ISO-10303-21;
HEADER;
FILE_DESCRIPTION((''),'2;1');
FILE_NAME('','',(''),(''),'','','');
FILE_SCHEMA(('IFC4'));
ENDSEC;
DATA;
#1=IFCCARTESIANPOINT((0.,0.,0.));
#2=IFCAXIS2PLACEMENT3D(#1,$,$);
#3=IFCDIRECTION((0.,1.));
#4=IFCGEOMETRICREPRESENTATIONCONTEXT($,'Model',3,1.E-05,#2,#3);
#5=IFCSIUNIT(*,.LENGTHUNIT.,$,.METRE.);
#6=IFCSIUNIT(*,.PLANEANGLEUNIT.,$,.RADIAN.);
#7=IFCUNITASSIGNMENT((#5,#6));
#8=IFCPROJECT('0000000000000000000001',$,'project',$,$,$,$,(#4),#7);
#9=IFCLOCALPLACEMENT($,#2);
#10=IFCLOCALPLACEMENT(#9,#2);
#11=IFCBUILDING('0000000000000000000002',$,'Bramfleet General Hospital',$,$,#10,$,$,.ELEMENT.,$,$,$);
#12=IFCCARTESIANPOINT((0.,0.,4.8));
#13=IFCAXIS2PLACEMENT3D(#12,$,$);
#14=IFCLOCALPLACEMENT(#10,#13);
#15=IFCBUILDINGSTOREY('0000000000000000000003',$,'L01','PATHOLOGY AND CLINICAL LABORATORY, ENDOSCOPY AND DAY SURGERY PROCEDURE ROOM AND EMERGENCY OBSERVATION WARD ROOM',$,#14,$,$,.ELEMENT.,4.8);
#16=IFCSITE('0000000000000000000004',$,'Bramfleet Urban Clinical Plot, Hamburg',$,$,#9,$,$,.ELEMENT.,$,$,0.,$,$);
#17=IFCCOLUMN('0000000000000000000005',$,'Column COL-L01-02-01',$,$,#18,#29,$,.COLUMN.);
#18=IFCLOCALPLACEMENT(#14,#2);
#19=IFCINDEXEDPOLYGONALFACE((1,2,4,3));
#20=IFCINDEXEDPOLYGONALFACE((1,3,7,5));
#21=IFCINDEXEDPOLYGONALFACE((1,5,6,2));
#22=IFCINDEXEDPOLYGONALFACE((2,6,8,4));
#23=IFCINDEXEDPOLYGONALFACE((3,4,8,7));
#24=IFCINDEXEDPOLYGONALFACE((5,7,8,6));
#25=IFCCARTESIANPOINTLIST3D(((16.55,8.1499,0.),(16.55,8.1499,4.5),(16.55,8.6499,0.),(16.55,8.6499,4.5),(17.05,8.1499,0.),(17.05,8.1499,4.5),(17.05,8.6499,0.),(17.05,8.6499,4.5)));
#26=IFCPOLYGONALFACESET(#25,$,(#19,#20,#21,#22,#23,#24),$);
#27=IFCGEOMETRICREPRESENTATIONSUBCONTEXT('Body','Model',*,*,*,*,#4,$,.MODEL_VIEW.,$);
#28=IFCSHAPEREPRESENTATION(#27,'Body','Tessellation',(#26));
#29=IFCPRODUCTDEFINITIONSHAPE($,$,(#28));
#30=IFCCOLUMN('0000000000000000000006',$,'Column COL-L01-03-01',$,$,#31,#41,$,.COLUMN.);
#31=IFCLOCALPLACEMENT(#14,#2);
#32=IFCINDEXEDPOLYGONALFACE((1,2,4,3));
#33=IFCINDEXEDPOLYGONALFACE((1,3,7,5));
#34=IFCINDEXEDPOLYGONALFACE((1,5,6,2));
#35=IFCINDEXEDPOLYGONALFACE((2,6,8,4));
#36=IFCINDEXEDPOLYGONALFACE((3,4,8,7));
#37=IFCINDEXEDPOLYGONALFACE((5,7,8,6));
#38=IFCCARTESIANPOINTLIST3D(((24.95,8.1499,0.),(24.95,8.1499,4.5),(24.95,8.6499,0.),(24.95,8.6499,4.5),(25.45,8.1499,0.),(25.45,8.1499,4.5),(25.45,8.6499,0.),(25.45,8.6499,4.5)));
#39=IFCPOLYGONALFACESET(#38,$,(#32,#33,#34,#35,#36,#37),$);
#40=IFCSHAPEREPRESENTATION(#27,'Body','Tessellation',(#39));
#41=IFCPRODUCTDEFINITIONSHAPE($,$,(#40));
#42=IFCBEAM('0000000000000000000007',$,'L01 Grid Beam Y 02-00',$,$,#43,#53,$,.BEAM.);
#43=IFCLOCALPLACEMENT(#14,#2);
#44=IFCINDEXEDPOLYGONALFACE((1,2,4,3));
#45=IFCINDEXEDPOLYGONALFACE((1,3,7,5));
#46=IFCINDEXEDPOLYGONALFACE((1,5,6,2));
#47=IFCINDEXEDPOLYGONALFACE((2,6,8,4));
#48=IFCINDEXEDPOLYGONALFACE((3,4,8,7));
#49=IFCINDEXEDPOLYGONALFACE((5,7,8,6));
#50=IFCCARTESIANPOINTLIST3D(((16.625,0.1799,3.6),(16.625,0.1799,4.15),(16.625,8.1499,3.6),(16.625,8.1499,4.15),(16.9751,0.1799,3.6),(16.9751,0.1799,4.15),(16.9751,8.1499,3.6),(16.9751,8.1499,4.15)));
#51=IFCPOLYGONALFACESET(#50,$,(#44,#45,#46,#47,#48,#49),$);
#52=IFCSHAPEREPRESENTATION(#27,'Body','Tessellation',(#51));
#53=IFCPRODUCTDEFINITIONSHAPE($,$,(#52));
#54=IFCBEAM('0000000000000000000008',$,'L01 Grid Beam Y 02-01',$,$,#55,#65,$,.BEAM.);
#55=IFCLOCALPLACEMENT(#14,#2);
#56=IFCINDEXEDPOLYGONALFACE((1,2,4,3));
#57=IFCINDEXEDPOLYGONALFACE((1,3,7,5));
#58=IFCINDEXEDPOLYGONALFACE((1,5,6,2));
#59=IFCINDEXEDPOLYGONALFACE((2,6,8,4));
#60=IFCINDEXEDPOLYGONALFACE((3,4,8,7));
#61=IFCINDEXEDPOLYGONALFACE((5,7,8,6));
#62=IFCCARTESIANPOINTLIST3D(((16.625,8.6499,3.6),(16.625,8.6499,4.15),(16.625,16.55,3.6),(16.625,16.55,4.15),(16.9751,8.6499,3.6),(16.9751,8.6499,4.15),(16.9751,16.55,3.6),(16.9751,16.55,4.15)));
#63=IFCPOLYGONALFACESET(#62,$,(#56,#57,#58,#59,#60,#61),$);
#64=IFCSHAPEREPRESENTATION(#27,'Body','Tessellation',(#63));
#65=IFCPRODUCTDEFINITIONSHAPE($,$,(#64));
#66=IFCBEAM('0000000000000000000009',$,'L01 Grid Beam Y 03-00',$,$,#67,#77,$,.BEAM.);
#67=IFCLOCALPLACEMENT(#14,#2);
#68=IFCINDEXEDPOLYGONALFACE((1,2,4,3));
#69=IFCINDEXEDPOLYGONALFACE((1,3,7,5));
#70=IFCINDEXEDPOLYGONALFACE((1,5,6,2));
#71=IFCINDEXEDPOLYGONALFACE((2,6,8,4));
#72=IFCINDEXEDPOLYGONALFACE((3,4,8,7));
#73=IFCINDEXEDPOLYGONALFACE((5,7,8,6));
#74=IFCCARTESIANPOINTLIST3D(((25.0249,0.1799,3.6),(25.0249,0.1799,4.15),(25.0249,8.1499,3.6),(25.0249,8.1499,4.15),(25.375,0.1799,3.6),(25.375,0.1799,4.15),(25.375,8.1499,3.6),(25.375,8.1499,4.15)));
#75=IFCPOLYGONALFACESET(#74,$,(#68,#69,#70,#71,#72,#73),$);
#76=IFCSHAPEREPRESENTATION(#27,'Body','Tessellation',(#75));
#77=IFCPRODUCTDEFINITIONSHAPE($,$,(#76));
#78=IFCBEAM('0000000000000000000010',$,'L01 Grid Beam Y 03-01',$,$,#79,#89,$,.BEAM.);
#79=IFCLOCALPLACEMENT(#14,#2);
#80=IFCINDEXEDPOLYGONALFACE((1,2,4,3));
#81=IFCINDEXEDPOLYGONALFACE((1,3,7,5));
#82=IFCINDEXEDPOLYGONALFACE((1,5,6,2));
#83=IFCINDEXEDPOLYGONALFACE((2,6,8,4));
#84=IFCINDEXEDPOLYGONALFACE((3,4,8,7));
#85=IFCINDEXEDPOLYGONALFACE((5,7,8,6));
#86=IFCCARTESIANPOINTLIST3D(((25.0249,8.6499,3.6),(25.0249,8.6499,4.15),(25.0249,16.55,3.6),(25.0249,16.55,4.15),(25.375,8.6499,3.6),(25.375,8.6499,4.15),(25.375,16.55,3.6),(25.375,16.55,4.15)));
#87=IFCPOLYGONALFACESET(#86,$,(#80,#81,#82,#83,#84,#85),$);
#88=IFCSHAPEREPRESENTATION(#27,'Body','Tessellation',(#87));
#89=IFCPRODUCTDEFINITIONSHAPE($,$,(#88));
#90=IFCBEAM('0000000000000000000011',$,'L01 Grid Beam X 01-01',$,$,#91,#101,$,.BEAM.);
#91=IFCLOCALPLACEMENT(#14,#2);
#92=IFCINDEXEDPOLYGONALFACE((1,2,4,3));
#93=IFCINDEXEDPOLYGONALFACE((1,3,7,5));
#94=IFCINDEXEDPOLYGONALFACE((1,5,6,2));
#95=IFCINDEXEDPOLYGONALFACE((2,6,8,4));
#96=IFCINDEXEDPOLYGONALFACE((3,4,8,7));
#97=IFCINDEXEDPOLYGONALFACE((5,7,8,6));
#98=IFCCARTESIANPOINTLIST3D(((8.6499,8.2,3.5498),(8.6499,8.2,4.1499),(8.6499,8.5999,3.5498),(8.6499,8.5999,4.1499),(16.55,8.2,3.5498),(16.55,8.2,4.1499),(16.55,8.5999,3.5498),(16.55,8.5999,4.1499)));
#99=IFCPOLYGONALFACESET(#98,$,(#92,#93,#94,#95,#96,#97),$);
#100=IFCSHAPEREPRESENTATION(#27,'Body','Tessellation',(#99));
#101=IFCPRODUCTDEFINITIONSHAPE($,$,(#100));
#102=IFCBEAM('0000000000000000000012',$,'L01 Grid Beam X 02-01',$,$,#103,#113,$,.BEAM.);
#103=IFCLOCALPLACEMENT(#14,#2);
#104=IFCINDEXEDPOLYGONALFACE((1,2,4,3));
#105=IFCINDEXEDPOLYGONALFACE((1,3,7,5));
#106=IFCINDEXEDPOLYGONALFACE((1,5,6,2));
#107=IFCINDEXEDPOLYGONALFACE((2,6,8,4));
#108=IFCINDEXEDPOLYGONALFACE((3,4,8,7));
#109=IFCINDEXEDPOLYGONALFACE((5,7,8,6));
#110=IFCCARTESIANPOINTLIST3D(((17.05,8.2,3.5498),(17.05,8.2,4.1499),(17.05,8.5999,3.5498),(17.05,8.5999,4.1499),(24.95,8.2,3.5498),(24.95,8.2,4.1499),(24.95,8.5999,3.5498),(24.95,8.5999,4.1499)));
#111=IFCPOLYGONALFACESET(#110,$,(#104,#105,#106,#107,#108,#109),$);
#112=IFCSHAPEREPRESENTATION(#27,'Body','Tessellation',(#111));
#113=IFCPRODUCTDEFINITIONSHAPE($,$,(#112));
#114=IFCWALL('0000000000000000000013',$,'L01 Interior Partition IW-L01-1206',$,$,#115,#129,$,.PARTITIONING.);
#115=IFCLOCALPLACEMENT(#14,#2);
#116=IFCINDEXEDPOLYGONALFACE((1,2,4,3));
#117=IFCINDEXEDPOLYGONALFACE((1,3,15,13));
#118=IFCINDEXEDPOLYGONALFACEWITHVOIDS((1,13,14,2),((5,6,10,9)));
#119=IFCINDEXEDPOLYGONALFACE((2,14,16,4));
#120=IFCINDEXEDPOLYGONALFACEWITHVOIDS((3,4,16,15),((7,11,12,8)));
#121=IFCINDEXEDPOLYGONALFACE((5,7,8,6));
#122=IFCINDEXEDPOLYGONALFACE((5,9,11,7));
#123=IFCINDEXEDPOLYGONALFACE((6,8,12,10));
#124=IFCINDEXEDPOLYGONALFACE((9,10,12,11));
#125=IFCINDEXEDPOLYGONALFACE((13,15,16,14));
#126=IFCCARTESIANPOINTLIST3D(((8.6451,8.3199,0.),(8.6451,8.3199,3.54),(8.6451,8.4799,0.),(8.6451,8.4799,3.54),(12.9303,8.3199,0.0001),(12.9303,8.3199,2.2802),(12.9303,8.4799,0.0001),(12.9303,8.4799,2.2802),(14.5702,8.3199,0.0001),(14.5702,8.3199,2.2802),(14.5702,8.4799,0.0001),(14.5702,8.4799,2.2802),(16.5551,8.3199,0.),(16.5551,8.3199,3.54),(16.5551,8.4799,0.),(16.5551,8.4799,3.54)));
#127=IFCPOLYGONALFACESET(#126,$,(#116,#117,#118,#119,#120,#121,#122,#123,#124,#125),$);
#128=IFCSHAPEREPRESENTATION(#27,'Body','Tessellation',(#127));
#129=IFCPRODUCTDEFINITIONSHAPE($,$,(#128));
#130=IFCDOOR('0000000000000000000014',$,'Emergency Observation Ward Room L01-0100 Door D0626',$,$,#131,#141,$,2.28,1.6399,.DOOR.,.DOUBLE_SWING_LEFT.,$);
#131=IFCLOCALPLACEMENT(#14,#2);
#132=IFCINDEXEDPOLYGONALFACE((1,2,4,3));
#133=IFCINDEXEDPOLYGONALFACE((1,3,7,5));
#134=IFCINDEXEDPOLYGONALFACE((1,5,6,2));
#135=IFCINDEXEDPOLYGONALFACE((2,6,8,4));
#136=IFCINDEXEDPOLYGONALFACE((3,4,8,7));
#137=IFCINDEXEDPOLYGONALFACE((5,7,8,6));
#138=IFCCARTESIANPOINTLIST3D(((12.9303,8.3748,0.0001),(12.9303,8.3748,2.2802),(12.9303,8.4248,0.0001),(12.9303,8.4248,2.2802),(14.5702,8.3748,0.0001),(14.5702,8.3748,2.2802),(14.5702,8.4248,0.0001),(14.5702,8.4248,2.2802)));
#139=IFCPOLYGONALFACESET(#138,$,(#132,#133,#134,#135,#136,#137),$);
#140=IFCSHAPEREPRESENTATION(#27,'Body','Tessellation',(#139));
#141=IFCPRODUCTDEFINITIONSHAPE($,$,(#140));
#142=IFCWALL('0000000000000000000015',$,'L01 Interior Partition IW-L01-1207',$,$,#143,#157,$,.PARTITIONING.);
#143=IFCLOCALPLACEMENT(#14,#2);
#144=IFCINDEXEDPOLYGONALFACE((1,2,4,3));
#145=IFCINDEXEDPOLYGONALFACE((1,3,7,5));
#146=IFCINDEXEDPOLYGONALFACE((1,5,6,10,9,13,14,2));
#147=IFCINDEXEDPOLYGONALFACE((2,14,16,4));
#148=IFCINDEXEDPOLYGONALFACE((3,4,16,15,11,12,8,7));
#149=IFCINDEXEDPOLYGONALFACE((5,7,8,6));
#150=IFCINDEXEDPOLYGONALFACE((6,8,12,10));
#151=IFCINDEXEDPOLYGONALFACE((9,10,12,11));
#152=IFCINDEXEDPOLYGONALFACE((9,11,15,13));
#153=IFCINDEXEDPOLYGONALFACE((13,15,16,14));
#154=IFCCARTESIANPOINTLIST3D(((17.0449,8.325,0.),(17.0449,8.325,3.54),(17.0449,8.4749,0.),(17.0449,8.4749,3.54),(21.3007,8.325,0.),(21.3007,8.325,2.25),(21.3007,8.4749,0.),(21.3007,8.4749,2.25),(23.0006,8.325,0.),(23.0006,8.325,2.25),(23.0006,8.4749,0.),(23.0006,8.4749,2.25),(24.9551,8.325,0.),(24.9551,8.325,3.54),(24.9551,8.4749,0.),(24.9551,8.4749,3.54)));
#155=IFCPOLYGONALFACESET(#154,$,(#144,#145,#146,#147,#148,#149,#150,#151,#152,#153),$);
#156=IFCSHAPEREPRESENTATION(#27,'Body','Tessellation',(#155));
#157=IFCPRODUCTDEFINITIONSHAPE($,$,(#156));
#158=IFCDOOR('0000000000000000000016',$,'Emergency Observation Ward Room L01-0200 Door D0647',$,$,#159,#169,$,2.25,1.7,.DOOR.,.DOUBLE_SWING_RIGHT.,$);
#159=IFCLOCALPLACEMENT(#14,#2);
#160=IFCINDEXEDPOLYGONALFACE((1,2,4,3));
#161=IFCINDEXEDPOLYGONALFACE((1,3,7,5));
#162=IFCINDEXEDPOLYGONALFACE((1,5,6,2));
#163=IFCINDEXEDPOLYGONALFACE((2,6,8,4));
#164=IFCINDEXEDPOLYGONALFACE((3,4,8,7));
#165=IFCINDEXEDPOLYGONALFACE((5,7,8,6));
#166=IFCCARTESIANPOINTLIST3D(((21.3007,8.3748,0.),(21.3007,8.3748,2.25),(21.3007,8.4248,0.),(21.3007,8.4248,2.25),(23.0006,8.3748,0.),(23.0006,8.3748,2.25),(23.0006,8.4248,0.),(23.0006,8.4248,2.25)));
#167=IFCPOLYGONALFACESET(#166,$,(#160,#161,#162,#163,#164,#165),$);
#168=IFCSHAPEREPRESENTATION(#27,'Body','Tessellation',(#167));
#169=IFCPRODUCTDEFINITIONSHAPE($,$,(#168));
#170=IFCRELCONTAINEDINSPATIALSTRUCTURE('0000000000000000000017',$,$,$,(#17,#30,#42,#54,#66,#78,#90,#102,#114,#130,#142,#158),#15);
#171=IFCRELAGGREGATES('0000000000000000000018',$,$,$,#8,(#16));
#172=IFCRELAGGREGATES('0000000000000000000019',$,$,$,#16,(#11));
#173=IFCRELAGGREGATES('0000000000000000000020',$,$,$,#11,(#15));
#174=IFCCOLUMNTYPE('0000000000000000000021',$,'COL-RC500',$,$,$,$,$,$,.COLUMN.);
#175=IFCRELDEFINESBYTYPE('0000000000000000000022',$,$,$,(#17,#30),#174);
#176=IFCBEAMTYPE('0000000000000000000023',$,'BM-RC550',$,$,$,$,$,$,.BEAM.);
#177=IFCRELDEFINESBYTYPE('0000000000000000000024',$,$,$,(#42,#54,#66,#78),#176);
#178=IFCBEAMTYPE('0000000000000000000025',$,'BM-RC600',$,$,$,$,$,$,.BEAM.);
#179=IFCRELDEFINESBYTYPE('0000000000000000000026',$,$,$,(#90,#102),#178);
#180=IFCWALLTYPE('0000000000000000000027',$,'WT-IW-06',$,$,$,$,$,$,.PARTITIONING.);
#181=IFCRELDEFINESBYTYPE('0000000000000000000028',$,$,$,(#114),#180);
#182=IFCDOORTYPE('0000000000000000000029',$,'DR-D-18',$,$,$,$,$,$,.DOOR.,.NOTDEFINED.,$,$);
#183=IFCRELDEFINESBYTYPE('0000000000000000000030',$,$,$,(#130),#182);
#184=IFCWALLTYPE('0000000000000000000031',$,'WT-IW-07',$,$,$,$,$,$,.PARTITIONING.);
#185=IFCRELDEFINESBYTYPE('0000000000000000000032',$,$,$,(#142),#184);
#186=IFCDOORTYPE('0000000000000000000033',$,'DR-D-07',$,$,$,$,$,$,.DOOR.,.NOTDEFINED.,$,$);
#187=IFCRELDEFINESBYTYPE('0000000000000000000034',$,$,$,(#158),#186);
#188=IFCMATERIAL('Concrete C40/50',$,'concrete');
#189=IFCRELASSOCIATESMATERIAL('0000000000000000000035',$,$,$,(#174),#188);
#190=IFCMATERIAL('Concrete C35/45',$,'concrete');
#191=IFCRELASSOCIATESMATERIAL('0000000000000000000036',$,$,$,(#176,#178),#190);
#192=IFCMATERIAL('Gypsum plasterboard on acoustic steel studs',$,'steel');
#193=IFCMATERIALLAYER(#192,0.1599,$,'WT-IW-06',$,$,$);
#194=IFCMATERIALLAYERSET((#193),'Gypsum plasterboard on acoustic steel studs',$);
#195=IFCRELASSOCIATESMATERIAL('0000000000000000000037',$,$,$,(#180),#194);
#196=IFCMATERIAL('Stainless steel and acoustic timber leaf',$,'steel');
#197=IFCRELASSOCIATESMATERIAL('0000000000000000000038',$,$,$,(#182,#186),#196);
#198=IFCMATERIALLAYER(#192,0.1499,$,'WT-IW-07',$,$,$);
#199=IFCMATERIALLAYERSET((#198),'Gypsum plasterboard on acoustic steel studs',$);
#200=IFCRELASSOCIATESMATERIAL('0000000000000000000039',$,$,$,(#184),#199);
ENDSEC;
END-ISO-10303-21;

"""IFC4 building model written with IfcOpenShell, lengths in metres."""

from ifc_helpers import new_model, si_unit, direction, frame, frame_2d, origin, origin_2d, place, context, subcontext, project, spatial, rectangle, extrude, material, layer, layer_set, material_profile, profile_set, type_object, element, fill, save


model = new_model("IFC4")

# Units and contexts
model_context = context("Model", 3, precision=1e-05, world=origin(), true_north=direction((0.0, 1.0)))
body_context = subcontext(model_context, "Body", "Model", "MODEL_VIEW")
ifc_project = project(units=[si_unit("LENGTHUNIT", "METRE"), si_unit("PLANEANGLEUNIT", "RADIAN")], contexts=[model_context])

# Site, building, storey
site_placement = place(None, origin())
site = spatial("IfcSite", under=ifc_project, at=site_placement, Name="Bramfleet Urban Clinical Plot, Hamburg", CompositionType="ELEMENT", RefElevation=0.0)
building_placement = place(site_placement, origin())
building = spatial("IfcBuilding", under=site, at=building_placement, Name="Bramfleet General Hospital", CompositionType="ELEMENT")
storey_placement = place(building_placement, frame((0.0, 0.0, 4.8)))
storey = spatial("IfcBuildingStorey", under=building, at=storey_placement, Name="L01", Description="PATHOLOGY AND CLINICAL LABORATORY, ENDOSCOPY AND DAY SURGERY PROCEDURE ROOM AND EMERGENCY OBSERVATION WARD ROOM", CompositionType="ELEMENT", Elevation=4.8)

# Columns
ifc_material_1 = material(Name="Concrete C40/50", Category="concrete")
ifc_material_profile_1 = material_profile(ifc_material_1, rectangle(XDim=0.5, YDim=0.5, at=origin_2d()), Name="RC COL 500x500")
ifc_profile_set_1 = profile_set([ifc_material_profile_1], Name="Concrete C40/50")
column_type = type_object("IfcColumnType", Name="COL-RC500", PredefinedType="COLUMN", material=ifc_profile_set_1)
for number, where, z_axis, x_axis, name in (
    (1, (16.8, 8.3999, 0.0), (0.0, 0.0, 1.0), (1.0, 0.0, 0.0), "Column COL-L01-02-01"),
    (2, (25.2, 8.3999, 0.0), (0.0, 0.0, 1.0), (1.0, 0.0, 0.0), "Column COL-L01-03-01"),
):
    element("IfcColumn", number, at=place(storey_placement, frame(where, z_axis=z_axis, x_axis=x_axis)), inside=storey, type_object=column_type, Name=name, PredefinedType="COLUMN", context=body_context, shape_type="SweptSolid", body=[
        extrude(rectangle(XDim=0.5, YDim=0.5, at=origin_2d()), origin(), (0.0, 0.0, 1.0), 4.5),
    ])

# Beams
ifc_material_2 = material(Name="Concrete C35/45", Category="concrete")
ifc_material_profile_2 = material_profile(ifc_material_2, rectangle(XDim=0.3501, YDim=0.55, at=origin_2d()), Name="RC BM 550x350")
ifc_profile_set_2 = profile_set([ifc_material_profile_2], Name="Concrete C35/45")
beam_type_1 = type_object("IfcBeamType", Name="BM-RC550", PredefinedType="BEAM", material=ifc_profile_set_2)
beam_1_placement = place(storey_placement, frame((16.8, 0.1799, 3.875), z_axis=(0.0, 1.0, 0.0), x_axis=(-1.0, 0.0, 0.0)))
element("IfcBeam", 3, at=beam_1_placement, inside=storey, type_object=beam_type_1, Name="L01 Grid Beam Y 02-00", PredefinedType="BEAM", context=body_context, shape_type="SweptSolid", body=[
    extrude(rectangle(XDim=0.3501, YDim=0.55, at=origin_2d()), origin(), (0.0, 0.0, 1.0), 7.97),
])
beam_2_placement = place(storey_placement, frame((16.8, 8.6499, 3.875), z_axis=(0.0, 1.0, 0.0), x_axis=(-1.0, 0.0, 0.0)))
element("IfcBeam", 4, at=beam_2_placement, inside=storey, type_object=beam_type_1, Name="L01 Grid Beam Y 02-01", PredefinedType="BEAM", context=body_context, shape_type="SweptSolid", body=[
    extrude(rectangle(XDim=0.3501, YDim=0.55, at=origin_2d()), origin(), (0.0, 0.0, 1.0), 7.9001),
])
beam_3_placement = place(storey_placement, frame((25.2, 0.1799, 3.875), z_axis=(0.0, 1.0, 0.0), x_axis=(-1.0, 0.0, 0.0)))
element("IfcBeam", 5, at=beam_3_placement, inside=storey, type_object=beam_type_1, Name="L01 Grid Beam Y 03-00", PredefinedType="BEAM", context=body_context, shape_type="SweptSolid", body=[
    extrude(rectangle(XDim=0.3501, YDim=0.55, at=origin_2d()), origin(), (0.0, 0.0, 1.0), 7.97),
])
beam_4_placement = place(storey_placement, frame((25.2, 8.6499, 3.875), z_axis=(0.0, 1.0, 0.0), x_axis=(-1.0, 0.0, 0.0)))
element("IfcBeam", 6, at=beam_4_placement, inside=storey, type_object=beam_type_1, Name="L01 Grid Beam Y 03-01", PredefinedType="BEAM", context=body_context, shape_type="SweptSolid", body=[
    extrude(rectangle(XDim=0.3501, YDim=0.55, at=origin_2d()), origin(), (0.0, 0.0, 1.0), 7.9001),
])
ifc_material_profile_3 = material_profile(ifc_material_2, rectangle(XDim=0.3999, YDim=0.6001, at=origin_2d()), Name="RC BM 600x400")
ifc_profile_set_3 = profile_set([ifc_material_profile_3], Name="Concrete C35/45")
beam_type_2 = type_object("IfcBeamType", Name="BM-RC600", PredefinedType="BEAM", material=ifc_profile_set_3)
beam_5_placement = place(storey_placement, frame((8.6499, 8.3999, 3.8499), z_axis=(1.0, 0.0, 0.0), x_axis=(0.0, 1.0, 0.0)))
element("IfcBeam", 7, at=beam_5_placement, inside=storey, type_object=beam_type_2, Name="L01 Grid Beam X 01-01", PredefinedType="BEAM", context=body_context, shape_type="SweptSolid", body=[
    extrude(rectangle(XDim=0.3999, YDim=0.6001, at=origin_2d()), origin(), (0.0, 0.0, 1.0), 7.9001),
])
beam_6_placement = place(storey_placement, frame((17.05, 8.3999, 3.8499), z_axis=(1.0, 0.0, 0.0), x_axis=(0.0, 1.0, 0.0)))
element("IfcBeam", 8, at=beam_6_placement, inside=storey, type_object=beam_type_2, Name="L01 Grid Beam X 02-01", PredefinedType="BEAM", context=body_context, shape_type="SweptSolid", body=[
    extrude(rectangle(XDim=0.3999, YDim=0.6001, at=origin_2d()), origin(), (0.0, 0.0, 1.0), 7.8999),
])

# Walls, openings, doors
ifc_material_3 = material(Name="Gypsum plasterboard on acoustic steel studs", Category="steel")
ifc_layer_1 = layer(ifc_material_3, 0.1599, Name="WT-IW-06")
ifc_layer_set_1 = layer_set([ifc_layer_1], Name="Gypsum plasterboard on acoustic steel studs")
wall_type_1 = type_object("IfcWallType", Name="WT-IW-06", PredefinedType="PARTITIONING", material=ifc_layer_set_1)
wall_1_placement = place(storey_placement, frame((8.645, 8.3999, 0.0), z_axis=(0.0, 0.0, 1.0), x_axis=(1.0, 0.0, 0.0)))
wall_1 = element("IfcWall", 9, at=wall_1_placement, inside=storey, type_object=wall_type_1, Name="L01 Interior Partition IW-L01-1206", PredefinedType="PARTITIONING", context=body_context, shape_type="SweptSolid", body=[
    extrude(rectangle(XDim=7.9099, YDim=0.1599, at=frame_2d((3.9551, 0.0))), origin(), (0.0, 0.0, 1.0), 3.54),
])
opening_1_placement = place(wall_1_placement, frame((4.2854, 0.0, 0.0)))
opening_1 = element("IfcOpeningElement", 10, at=opening_1_placement, cuts=wall_1, PredefinedType="OPENING", context=body_context, shape_type="SweptSolid", body=[
    extrude(rectangle(XDim=1.6399, YDim=2.28, at=frame_2d((0.8198, 1.1401))), frame((0.0, 0.0898, 0.0), z_axis=(0.0, -1.0, 0.0), x_axis=(1.0, 0.0, 0.0)), (0.0, 0.0, 1.0), 0.1799),
])
ifc_material_4 = material(Name="Stainless steel and acoustic timber leaf", Category="steel")
door_type_1 = type_object("IfcDoorType", Name="DR-D-18", OperationType="NOTDEFINED", PredefinedType="DOOR", material=ifc_material_4)
door_1_placement = place(opening_1_placement, origin())
door_1 = element("IfcDoor", 11, at=door_1_placement, inside=storey, type_object=door_type_1, Name="Emergency Observation Ward Room L01-0100 Door D0626", OperationType="DOUBLE_SWING_LEFT", OverallHeight=2.28, OverallWidth=1.6399, PredefinedType="DOOR", context=body_context, shape_type="SweptSolid", body=[
    extrude(rectangle(XDim=1.6399, YDim=2.28, at=frame_2d((0.8198, 1.1401))), frame((0.0, 0.0249, 0.0), z_axis=(0.0, -1.0, 0.0), x_axis=(1.0, 0.0, 0.0)), (0.0, 0.0, 1.0), 0.05),
])
fill(opening_1, door_1)
ifc_layer_2 = layer(ifc_material_3, 0.1499, Name="WT-IW-07")
ifc_layer_set_2 = layer_set([ifc_layer_2], Name="Gypsum plasterboard on acoustic steel studs")
wall_type_2 = type_object("IfcWallType", Name="WT-IW-07", PredefinedType="PARTITIONING", material=ifc_layer_set_2)
wall_2_placement = place(storey_placement, frame((17.0449, 8.3999, 0.0), z_axis=(0.0, 0.0, 1.0), x_axis=(1.0, 0.0, 0.0)))
wall_2 = element("IfcWall", 12, at=wall_2_placement, inside=storey, type_object=wall_type_2, Name="L01 Interior Partition IW-L01-1207", PredefinedType="PARTITIONING", context=body_context, shape_type="SweptSolid", body=[
    extrude(rectangle(XDim=7.9102, YDim=0.1499, at=frame_2d((3.9551, 0.0))), origin(), (0.0, 0.0, 1.0), 3.54),
])
opening_2_placement = place(wall_2_placement, frame((4.2556, 0.0, 0.0)))
opening_2 = element("IfcOpeningElement", 13, at=opening_2_placement, cuts=wall_2, PredefinedType="OPENING", context=body_context, shape_type="SweptSolid", body=[
    extrude(rectangle(XDim=1.7, YDim=2.25, at=frame_2d((0.8501, 1.125))), frame((0.0, 0.085, 0.0), z_axis=(0.0, -1.0, 0.0), x_axis=(1.0, 0.0, 0.0)), (0.0, 0.0, 1.0), 0.1699),
])
door_type_2 = type_object("IfcDoorType", Name="DR-D-07", OperationType="NOTDEFINED", PredefinedType="DOOR", material=ifc_material_4)
door_2_placement = place(opening_2_placement, origin())
door_2 = element("IfcDoor", 14, at=door_2_placement, inside=storey, type_object=door_type_2, Name="Emergency Observation Ward Room L01-0200 Door D0647", OperationType="DOUBLE_SWING_RIGHT", OverallHeight=2.25, OverallWidth=1.7, PredefinedType="DOOR", context=body_context, shape_type="SweptSolid", body=[
    extrude(rectangle(XDim=1.7, YDim=2.25, at=frame_2d((0.8501, 1.125))), frame((0.0, 0.0249, 0.0), z_axis=(0.0, -1.0, 0.0), x_axis=(1.0, 0.0, 0.0)), (0.0, 0.0, 1.0), 0.05),
])
fill(opening_2, door_2)

save(model, "model.ifc")
